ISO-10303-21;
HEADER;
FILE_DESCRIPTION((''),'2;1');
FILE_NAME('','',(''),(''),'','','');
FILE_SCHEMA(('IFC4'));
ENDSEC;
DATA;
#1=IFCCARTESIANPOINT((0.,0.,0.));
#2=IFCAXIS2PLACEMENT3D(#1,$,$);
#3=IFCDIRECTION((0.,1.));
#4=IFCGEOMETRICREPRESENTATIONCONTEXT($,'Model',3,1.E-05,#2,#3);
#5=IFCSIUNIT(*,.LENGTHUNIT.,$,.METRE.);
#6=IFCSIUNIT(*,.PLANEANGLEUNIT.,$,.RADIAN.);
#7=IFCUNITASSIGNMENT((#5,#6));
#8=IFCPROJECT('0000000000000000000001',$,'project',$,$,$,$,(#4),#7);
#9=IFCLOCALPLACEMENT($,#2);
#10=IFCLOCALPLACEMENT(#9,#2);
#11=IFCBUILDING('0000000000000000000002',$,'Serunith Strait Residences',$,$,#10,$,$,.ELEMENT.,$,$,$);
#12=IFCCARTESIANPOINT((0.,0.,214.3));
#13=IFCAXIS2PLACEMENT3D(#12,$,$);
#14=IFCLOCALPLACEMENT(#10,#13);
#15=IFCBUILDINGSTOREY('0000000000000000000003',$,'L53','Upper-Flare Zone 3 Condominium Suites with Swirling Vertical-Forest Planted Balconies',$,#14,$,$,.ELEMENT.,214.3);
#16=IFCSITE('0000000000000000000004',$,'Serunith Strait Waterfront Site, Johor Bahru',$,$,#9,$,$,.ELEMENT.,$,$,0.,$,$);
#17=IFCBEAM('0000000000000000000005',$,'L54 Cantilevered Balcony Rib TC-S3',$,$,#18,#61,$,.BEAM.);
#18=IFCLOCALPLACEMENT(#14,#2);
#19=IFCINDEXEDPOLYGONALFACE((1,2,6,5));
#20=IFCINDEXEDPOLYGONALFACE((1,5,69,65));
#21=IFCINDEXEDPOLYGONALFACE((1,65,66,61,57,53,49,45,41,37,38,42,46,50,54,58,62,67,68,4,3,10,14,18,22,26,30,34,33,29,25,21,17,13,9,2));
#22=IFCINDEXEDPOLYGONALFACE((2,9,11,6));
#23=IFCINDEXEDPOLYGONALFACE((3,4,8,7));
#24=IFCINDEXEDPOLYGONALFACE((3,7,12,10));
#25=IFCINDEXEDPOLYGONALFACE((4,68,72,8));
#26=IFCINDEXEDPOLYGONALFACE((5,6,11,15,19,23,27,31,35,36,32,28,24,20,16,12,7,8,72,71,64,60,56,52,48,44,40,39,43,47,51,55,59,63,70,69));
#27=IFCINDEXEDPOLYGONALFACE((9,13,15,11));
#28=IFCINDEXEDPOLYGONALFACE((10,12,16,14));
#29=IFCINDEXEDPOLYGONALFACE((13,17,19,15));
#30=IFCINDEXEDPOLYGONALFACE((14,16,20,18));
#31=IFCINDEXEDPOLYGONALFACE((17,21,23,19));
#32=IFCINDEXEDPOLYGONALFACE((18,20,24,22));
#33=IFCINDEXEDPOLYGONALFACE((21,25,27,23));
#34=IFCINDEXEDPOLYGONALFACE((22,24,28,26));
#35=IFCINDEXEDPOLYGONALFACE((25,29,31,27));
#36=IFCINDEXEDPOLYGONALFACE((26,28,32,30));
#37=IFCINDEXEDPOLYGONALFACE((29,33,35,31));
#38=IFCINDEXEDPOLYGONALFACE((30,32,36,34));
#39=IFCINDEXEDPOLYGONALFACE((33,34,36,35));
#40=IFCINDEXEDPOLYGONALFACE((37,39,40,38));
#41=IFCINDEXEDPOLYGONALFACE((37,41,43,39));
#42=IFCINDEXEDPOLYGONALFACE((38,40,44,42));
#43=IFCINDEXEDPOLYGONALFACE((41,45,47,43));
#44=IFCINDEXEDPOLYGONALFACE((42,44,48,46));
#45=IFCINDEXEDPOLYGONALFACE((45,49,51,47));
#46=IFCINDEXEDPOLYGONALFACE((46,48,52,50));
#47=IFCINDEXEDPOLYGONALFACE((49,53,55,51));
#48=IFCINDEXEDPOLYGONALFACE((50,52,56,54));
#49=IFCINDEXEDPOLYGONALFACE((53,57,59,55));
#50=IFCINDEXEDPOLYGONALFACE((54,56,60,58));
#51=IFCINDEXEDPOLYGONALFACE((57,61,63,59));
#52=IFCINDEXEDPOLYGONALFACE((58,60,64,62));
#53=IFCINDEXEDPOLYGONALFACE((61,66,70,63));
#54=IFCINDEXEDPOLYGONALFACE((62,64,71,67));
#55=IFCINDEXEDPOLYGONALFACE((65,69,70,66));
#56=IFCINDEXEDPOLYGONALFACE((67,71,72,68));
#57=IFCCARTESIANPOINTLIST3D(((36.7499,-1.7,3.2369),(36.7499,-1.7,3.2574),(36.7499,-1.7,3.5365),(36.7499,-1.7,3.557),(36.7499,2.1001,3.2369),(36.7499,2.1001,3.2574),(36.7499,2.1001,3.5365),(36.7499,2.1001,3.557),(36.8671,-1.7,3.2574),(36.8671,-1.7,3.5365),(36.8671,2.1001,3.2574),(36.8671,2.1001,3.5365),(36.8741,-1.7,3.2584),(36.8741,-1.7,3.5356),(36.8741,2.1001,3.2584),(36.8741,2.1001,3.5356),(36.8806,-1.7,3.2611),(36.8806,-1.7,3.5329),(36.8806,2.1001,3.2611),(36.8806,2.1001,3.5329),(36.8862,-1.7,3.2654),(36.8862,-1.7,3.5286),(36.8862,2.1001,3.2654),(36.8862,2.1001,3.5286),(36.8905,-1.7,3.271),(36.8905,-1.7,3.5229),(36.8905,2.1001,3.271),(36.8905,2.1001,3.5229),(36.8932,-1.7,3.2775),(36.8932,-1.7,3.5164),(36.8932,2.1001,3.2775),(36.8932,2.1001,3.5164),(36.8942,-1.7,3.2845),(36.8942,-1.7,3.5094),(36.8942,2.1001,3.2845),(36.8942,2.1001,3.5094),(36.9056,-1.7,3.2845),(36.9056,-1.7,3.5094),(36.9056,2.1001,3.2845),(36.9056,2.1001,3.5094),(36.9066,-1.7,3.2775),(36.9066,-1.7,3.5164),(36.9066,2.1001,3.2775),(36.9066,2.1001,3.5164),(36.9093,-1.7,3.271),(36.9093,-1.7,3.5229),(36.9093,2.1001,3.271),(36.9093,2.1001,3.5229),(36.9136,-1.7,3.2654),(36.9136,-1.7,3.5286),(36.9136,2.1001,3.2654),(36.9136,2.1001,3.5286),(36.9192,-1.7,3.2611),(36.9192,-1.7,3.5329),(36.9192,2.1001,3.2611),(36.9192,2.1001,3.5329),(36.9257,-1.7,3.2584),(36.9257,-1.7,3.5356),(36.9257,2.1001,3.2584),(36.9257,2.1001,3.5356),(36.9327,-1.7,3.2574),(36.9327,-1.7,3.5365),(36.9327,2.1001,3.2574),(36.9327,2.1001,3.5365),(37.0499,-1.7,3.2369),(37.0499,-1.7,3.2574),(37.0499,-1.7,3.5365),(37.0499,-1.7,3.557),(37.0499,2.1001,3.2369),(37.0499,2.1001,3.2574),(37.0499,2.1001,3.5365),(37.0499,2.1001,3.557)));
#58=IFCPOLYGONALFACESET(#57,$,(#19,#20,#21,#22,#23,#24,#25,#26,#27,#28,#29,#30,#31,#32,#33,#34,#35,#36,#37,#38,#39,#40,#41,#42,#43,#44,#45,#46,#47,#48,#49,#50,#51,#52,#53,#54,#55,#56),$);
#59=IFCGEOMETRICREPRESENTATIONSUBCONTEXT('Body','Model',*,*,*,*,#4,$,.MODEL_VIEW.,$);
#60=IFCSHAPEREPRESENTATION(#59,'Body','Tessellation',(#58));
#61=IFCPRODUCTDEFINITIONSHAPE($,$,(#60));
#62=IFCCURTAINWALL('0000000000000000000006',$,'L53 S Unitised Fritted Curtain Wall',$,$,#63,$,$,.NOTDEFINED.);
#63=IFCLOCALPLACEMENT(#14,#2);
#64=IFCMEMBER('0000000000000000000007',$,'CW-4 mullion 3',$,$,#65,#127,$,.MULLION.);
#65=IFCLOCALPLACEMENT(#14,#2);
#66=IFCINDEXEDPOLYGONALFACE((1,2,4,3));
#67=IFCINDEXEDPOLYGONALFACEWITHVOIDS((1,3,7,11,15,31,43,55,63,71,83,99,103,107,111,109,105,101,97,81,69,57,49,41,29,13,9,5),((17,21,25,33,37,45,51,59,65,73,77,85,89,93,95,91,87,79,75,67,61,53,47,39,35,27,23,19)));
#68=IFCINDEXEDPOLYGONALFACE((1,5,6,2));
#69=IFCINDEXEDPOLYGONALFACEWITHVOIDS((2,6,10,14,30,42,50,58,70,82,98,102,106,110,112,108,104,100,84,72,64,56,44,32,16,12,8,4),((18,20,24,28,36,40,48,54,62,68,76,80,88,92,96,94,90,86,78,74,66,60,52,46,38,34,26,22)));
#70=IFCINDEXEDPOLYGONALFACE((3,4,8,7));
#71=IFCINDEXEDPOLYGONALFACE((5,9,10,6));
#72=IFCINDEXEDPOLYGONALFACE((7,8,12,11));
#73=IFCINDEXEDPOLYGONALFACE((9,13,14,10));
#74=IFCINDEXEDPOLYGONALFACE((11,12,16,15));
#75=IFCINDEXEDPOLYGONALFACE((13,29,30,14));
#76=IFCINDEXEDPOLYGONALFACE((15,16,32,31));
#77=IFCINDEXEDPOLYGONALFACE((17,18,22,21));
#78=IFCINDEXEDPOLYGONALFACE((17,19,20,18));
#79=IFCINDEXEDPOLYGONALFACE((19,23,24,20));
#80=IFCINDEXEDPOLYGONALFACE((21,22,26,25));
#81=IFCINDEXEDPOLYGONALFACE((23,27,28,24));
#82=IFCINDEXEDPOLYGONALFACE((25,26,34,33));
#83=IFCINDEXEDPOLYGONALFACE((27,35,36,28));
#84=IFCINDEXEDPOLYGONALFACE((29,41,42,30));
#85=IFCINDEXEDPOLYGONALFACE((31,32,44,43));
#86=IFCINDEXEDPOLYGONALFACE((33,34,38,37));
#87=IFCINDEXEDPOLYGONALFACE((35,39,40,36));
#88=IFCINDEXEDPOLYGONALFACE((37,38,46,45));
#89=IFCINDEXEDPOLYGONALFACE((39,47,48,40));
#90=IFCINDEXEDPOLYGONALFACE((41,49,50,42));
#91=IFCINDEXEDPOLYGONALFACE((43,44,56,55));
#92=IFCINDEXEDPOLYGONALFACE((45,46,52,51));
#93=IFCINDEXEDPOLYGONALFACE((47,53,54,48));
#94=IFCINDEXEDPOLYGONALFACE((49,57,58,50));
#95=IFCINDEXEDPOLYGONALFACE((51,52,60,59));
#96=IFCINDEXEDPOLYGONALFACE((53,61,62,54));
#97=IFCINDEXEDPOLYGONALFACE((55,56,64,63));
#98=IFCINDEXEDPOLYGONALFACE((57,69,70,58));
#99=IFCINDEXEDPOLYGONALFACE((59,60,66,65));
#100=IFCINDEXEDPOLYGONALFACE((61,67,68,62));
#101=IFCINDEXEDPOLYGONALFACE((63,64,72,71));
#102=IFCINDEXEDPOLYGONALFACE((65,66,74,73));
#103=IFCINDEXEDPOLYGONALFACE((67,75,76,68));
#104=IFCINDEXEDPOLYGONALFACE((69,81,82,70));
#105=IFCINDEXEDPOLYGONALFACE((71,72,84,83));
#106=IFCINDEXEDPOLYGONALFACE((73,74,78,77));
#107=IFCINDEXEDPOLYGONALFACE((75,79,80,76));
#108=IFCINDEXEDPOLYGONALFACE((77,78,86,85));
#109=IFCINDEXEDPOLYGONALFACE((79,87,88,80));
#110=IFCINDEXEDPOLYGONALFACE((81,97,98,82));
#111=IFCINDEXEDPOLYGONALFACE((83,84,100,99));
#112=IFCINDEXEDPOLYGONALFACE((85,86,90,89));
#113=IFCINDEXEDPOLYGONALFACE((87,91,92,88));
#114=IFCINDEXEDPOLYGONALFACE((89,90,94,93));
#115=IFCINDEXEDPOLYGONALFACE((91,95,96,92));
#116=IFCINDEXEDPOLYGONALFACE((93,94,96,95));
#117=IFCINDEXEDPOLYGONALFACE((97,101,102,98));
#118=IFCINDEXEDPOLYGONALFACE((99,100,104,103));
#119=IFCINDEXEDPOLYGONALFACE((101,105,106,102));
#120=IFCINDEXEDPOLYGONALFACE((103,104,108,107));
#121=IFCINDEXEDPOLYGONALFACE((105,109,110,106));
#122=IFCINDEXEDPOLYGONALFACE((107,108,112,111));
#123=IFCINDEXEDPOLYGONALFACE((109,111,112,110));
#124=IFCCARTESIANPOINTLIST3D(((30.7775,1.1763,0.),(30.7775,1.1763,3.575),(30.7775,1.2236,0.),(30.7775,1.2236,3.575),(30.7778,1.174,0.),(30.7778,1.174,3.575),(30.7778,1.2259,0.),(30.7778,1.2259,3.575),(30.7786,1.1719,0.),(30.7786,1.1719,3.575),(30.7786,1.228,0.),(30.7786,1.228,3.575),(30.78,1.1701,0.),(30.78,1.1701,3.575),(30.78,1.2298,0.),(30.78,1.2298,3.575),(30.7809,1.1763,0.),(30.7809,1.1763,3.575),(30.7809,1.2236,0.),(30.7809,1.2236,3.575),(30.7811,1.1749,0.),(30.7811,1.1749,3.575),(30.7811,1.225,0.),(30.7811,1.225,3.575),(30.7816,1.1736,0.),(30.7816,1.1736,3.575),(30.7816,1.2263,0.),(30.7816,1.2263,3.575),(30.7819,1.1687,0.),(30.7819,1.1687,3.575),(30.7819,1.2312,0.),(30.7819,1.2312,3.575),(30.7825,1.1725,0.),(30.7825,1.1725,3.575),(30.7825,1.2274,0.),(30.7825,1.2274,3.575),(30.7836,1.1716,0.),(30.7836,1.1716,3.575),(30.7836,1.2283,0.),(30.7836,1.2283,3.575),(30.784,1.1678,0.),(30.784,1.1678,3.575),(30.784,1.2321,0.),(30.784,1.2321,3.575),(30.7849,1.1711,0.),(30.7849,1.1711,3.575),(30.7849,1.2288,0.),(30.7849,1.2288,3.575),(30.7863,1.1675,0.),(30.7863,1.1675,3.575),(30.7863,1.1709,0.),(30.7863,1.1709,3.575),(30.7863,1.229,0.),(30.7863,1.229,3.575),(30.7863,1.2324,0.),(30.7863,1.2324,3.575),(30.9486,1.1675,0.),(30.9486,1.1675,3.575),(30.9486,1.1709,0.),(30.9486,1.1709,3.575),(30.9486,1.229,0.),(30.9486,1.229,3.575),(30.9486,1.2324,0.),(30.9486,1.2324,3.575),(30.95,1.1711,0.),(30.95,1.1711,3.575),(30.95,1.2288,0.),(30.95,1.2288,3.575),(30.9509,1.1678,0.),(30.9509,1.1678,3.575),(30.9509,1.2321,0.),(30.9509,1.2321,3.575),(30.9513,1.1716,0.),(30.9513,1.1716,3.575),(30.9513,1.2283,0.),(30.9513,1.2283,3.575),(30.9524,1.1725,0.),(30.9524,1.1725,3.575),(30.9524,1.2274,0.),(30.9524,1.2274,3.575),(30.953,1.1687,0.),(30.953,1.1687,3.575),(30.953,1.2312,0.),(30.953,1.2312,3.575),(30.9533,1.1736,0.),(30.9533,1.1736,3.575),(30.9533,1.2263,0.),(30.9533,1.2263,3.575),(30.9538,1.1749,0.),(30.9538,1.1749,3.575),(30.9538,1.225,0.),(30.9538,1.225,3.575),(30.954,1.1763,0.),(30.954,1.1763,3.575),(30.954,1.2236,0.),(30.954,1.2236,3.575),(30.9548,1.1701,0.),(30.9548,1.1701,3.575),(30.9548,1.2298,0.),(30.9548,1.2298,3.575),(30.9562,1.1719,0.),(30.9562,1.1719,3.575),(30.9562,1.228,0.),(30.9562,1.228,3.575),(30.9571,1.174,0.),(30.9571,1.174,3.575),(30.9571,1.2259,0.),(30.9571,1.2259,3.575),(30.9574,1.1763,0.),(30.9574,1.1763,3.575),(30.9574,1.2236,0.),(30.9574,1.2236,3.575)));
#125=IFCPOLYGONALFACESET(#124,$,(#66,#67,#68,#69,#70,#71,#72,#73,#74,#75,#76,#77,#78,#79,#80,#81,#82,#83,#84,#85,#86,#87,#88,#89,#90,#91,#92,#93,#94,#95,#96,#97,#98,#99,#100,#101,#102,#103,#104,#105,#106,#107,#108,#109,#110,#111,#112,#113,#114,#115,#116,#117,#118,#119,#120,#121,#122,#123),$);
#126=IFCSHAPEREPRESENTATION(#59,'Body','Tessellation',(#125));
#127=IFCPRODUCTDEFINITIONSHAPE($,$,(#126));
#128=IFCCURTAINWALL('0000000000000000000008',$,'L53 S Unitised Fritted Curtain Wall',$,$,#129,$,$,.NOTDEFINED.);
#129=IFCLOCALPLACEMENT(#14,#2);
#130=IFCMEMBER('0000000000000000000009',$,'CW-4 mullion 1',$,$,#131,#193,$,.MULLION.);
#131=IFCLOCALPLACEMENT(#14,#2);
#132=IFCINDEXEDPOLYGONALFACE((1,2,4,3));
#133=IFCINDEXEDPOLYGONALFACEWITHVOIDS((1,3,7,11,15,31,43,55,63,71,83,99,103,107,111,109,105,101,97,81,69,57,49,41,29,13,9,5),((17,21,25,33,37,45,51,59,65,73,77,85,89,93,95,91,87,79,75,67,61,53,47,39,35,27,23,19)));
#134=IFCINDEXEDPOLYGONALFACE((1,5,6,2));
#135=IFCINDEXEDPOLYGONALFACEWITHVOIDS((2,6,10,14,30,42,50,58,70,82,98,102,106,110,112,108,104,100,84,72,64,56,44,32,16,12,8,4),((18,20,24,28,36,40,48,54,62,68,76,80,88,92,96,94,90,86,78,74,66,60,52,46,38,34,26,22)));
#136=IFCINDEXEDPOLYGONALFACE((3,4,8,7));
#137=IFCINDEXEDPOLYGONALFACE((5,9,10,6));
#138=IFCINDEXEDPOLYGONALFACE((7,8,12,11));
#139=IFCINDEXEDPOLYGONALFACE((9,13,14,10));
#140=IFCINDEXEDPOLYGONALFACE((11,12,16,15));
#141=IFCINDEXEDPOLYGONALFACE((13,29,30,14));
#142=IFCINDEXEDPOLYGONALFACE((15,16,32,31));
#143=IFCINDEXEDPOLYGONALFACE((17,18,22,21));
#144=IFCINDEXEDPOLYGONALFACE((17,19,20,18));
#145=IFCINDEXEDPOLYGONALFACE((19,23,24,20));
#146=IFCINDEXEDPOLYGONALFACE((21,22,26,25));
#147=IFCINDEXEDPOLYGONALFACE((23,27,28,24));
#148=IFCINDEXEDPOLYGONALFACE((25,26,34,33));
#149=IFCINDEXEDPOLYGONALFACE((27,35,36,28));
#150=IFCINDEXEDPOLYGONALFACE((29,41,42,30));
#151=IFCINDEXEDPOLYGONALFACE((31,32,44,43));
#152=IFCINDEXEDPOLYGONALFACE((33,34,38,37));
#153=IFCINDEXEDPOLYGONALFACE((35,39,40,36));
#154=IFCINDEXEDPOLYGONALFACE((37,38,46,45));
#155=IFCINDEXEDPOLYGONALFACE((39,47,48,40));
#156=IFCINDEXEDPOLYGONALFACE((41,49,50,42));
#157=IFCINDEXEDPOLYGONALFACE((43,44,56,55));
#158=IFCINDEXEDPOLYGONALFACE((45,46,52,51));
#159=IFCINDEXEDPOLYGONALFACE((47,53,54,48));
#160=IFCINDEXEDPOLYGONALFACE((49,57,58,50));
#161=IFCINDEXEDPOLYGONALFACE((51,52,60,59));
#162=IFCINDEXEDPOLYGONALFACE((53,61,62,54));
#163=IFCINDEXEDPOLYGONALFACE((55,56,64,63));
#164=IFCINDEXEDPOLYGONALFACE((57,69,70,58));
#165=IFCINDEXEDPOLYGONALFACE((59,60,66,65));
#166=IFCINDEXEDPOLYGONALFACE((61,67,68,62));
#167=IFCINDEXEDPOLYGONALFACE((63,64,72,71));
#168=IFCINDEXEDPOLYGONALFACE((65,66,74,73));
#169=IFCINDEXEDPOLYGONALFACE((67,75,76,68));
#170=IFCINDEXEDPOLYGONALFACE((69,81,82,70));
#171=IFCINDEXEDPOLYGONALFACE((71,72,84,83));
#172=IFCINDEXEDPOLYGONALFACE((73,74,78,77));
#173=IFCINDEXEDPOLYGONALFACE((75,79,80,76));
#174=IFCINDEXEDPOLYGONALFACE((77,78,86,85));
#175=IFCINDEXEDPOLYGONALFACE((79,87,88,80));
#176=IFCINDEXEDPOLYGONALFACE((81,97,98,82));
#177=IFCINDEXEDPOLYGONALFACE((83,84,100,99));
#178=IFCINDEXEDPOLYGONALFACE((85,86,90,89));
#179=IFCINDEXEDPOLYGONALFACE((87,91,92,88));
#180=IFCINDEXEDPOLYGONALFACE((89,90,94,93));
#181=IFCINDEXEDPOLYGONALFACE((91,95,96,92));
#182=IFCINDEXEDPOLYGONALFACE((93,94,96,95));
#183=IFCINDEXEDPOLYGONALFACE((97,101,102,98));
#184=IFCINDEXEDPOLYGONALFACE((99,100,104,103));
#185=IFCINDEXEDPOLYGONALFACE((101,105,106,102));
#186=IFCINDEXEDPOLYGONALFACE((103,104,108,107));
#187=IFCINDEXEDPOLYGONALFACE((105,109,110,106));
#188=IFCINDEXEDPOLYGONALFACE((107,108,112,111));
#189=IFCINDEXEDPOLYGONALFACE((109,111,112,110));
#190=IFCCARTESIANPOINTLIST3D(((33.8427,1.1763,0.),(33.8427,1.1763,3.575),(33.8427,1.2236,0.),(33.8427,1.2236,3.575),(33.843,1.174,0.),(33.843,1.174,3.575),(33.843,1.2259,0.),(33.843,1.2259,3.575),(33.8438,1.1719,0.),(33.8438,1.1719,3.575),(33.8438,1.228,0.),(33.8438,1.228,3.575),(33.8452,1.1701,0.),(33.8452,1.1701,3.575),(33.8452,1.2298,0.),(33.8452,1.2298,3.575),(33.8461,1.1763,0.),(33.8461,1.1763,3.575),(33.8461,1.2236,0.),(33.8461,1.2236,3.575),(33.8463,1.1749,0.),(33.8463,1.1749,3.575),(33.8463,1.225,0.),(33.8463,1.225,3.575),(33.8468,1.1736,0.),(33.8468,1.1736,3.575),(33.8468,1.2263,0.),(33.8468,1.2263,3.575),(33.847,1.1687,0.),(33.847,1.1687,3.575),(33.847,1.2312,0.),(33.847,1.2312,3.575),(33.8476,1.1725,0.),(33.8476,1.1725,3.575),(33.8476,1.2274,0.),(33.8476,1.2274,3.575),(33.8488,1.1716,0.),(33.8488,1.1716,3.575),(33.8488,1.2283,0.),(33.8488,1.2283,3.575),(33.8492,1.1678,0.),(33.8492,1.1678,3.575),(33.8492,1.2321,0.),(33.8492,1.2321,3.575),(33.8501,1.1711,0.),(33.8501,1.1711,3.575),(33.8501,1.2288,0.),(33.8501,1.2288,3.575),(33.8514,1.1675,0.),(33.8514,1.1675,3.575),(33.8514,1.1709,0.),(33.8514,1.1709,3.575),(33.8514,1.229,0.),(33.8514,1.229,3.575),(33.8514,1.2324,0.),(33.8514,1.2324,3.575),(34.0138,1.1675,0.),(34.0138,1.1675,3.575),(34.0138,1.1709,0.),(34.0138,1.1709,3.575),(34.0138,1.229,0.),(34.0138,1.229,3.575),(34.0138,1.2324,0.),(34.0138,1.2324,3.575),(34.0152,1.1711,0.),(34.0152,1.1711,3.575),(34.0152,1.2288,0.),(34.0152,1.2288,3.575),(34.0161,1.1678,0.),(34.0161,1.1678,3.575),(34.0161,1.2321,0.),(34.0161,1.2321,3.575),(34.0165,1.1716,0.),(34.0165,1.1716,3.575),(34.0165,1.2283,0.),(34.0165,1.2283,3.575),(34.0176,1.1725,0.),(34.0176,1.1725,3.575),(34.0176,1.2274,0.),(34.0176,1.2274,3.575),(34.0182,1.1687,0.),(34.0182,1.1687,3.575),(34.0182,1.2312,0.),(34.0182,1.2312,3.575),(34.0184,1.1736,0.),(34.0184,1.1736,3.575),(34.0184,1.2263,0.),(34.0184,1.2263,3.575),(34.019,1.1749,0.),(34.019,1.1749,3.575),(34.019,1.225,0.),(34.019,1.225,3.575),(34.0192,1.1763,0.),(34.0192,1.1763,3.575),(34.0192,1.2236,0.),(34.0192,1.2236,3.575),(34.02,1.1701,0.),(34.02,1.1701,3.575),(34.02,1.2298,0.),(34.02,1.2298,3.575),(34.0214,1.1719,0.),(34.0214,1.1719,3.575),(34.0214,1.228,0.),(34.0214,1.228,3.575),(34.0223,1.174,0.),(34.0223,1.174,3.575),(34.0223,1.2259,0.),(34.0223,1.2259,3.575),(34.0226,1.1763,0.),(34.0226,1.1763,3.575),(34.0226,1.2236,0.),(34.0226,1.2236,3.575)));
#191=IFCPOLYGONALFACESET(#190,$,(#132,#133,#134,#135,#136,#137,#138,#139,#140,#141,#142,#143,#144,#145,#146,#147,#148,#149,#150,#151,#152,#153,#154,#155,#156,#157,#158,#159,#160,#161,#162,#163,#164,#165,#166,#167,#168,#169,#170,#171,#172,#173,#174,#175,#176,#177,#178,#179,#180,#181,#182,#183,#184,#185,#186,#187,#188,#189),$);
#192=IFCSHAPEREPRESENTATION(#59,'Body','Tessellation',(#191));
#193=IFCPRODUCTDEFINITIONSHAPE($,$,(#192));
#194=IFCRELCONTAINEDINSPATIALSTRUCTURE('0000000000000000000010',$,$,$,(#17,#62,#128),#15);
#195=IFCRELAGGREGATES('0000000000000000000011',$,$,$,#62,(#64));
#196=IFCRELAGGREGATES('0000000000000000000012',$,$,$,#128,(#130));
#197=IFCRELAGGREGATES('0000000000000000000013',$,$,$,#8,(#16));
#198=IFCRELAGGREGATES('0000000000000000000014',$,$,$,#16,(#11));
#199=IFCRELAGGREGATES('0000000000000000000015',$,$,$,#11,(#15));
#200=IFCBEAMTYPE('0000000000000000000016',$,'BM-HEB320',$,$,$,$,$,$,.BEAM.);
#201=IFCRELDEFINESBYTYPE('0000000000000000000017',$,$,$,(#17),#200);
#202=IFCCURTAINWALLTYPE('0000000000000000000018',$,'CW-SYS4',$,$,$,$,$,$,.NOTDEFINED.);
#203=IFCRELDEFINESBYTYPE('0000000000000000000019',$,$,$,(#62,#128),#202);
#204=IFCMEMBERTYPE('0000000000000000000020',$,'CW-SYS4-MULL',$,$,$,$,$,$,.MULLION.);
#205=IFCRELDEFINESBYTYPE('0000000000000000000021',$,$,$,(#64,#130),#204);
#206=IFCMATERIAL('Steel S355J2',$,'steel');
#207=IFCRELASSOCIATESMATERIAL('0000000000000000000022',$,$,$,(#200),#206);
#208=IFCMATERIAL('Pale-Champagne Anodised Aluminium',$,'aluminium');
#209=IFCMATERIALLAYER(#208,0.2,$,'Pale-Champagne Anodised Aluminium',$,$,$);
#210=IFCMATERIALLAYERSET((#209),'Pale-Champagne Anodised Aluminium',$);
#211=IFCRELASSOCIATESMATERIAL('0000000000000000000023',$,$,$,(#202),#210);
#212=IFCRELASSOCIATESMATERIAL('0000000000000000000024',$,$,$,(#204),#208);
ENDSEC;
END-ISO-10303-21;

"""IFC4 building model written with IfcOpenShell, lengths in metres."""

from ifc_helpers import new_model, si_unit, direction, frame, origin, origin_2d, place, context, subcontext, project, spatial, hollow_rectangle, i_section, extrude, source, transform, mapped, material, layer, layer_set, material_profile, profile_set, type_object, element, aggregate, save


model = new_model("IFC4")

# Units and contexts
model_context = context("Model", 3, precision=1e-05, world=origin(), true_north=direction((0.0, 1.0)))
body_context = subcontext(model_context, "Body", "Model", "MODEL_VIEW")
ifc_project = project(units=[si_unit("LENGTHUNIT", "METRE"), si_unit("PLANEANGLEUNIT", "RADIAN")], contexts=[model_context])

# Site, building, storey
site_placement = place(None, origin())
site = spatial("IfcSite", under=ifc_project, at=site_placement, Name="Serunith Strait Waterfront Site, Johor Bahru", CompositionType="ELEMENT", RefElevation=0.0)
building_placement = place(site_placement, origin())
building = spatial("IfcBuilding", under=site, at=building_placement, Name="Serunith Strait Residences", CompositionType="ELEMENT")
storey_placement = place(building_placement, frame((0.0, 0.0, 214.3)))
storey = spatial("IfcBuildingStorey", under=building, at=storey_placement, Name="L53", Description="Upper-Flare Zone 3 Condominium Suites with Swirling Vertical-Forest Planted Balconies", CompositionType="ELEMENT", Elevation=214.3)

# Beam
ifc_material_1 = material(Name="Steel S355J2", Category="steel")
ifc_material_profile_1 = material_profile(ifc_material_1, i_section(OverallWidth=0.3, OverallDepth=0.3201, WebThickness=0.0115, FlangeThickness=0.0205, FilletRadius=0.0271, at=origin_2d()), Name="HEB 320")
ifc_profile_set_1 = profile_set([ifc_material_profile_1], Name="Steel S355J2")
beam_type_1 = type_object("IfcBeamType", Name="BM-HEB320", PredefinedType="BEAM", material=ifc_profile_set_1)
shared_shape_1 = source(origin(), body_context, "Body", "SweptSolid", [
    extrude(i_section(OverallWidth=0.3, OverallDepth=0.3201, WebThickness=0.0115, FlangeThickness=0.0205, FilletRadius=0.0271, at=origin_2d()), origin(), (0.0, 0.0, 1.0), 3.8),
])
beam_1_placement = place(storey_placement, frame((36.8999, 2.1001, 3.397), z_axis=(0.0, -1.0, 0.0), x_axis=(1.0, 0.0, 0.0)))
element("IfcBeam", 1, at=beam_1_placement, inside=storey, type_object=beam_type_1, Name="L54 Cantilevered Balcony Rib TC-S3", PredefinedType="BEAM", context=body_context, shape_type="MappedRepresentation", body=[
    mapped(shared_shape_1, transform((0.0, 0.0, 0.0), scale=1.0)),
])

# Curtain wall, member
ifc_material_2 = material(Name="Pale-Champagne Anodised Aluminium", Category="aluminium")
ifc_layer_1 = layer(ifc_material_2, 0.2, Name="Pale-Champagne Anodised Aluminium")
ifc_layer_set_1 = layer_set([ifc_layer_1], Name="Pale-Champagne Anodised Aluminium")
curtain_wall_type = type_object("IfcCurtainWallType", Name="CW-SYS4", PredefinedType="NOTDEFINED", material=ifc_layer_set_1)
curtain_wall_1_placement = place(storey_placement, origin())
curtain_wall_1 = element("IfcCurtainWall", 2, at=curtain_wall_1_placement, inside=storey, type_object=curtain_wall_type, Name="L53 S Unitised Fritted Curtain Wall", PredefinedType="NOTDEFINED")
ifc_material_profile_2 = material_profile(ifc_material_2, hollow_rectangle(XDim=0.0649, YDim=0.1799, WallThickness=0.0034, InnerFilletRadius=0.0054, OuterFilletRadius=0.0088, at=origin_2d()), Name="ALU 180x65x3.5")
ifc_profile_set_2 = profile_set([ifc_material_profile_2], Name="Pale-Champagne Anodised Aluminium")
member_type_1 = type_object("IfcMemberType", Name="CW-SYS4-MULL", PredefinedType="MULLION", material=ifc_profile_set_2)
shared_shape_2 = source(origin(), body_context, "Body", "SweptSolid", [
    extrude(hollow_rectangle(XDim=0.0649, YDim=0.1799, WallThickness=0.0034, InnerFilletRadius=0.0054, OuterFilletRadius=0.0088, at=origin_2d()), origin(), (0.0, 0.0, 1.0), 3.575),
])
member_1_placement = place(storey_placement, frame((30.8674, 1.2, 0.0), z_axis=(0.0, 0.0, 1.0), x_axis=(0.0, 1.0, 0.0)))
member_1 = element("IfcMember", 3, at=member_1_placement, type_object=member_type_1, Name="CW-4 mullion 3", PredefinedType="MULLION", context=body_context, shape_type="MappedRepresentation", body=[
    mapped(shared_shape_2, transform((0.0, 0.0, 0.0), scale=1.0)),
])
aggregate(curtain_wall_1, [member_1])

# Curtain wall, member
curtain_wall_2_placement = place(storey_placement, origin())
curtain_wall_2 = element("IfcCurtainWall", 4, at=curtain_wall_2_placement, inside=storey, type_object=curtain_wall_type, Name="L53 S Unitised Fritted Curtain Wall", PredefinedType="NOTDEFINED")
member_2_placement = place(storey_placement, frame((33.9326, 1.2, 0.0), z_axis=(0.0, 0.0, 1.0), x_axis=(0.0, 1.0, 0.0)))
member_2 = element("IfcMember", 5, at=member_2_placement, type_object=member_type_1, Name="CW-4 mullion 1", PredefinedType="MULLION", context=body_context, shape_type="MappedRepresentation", body=[
    mapped(shared_shape_2, transform((0.0, 0.0, 0.0), scale=1.0)),
])
aggregate(curtain_wall_2, [member_2])

save(model, "model.ifc")
